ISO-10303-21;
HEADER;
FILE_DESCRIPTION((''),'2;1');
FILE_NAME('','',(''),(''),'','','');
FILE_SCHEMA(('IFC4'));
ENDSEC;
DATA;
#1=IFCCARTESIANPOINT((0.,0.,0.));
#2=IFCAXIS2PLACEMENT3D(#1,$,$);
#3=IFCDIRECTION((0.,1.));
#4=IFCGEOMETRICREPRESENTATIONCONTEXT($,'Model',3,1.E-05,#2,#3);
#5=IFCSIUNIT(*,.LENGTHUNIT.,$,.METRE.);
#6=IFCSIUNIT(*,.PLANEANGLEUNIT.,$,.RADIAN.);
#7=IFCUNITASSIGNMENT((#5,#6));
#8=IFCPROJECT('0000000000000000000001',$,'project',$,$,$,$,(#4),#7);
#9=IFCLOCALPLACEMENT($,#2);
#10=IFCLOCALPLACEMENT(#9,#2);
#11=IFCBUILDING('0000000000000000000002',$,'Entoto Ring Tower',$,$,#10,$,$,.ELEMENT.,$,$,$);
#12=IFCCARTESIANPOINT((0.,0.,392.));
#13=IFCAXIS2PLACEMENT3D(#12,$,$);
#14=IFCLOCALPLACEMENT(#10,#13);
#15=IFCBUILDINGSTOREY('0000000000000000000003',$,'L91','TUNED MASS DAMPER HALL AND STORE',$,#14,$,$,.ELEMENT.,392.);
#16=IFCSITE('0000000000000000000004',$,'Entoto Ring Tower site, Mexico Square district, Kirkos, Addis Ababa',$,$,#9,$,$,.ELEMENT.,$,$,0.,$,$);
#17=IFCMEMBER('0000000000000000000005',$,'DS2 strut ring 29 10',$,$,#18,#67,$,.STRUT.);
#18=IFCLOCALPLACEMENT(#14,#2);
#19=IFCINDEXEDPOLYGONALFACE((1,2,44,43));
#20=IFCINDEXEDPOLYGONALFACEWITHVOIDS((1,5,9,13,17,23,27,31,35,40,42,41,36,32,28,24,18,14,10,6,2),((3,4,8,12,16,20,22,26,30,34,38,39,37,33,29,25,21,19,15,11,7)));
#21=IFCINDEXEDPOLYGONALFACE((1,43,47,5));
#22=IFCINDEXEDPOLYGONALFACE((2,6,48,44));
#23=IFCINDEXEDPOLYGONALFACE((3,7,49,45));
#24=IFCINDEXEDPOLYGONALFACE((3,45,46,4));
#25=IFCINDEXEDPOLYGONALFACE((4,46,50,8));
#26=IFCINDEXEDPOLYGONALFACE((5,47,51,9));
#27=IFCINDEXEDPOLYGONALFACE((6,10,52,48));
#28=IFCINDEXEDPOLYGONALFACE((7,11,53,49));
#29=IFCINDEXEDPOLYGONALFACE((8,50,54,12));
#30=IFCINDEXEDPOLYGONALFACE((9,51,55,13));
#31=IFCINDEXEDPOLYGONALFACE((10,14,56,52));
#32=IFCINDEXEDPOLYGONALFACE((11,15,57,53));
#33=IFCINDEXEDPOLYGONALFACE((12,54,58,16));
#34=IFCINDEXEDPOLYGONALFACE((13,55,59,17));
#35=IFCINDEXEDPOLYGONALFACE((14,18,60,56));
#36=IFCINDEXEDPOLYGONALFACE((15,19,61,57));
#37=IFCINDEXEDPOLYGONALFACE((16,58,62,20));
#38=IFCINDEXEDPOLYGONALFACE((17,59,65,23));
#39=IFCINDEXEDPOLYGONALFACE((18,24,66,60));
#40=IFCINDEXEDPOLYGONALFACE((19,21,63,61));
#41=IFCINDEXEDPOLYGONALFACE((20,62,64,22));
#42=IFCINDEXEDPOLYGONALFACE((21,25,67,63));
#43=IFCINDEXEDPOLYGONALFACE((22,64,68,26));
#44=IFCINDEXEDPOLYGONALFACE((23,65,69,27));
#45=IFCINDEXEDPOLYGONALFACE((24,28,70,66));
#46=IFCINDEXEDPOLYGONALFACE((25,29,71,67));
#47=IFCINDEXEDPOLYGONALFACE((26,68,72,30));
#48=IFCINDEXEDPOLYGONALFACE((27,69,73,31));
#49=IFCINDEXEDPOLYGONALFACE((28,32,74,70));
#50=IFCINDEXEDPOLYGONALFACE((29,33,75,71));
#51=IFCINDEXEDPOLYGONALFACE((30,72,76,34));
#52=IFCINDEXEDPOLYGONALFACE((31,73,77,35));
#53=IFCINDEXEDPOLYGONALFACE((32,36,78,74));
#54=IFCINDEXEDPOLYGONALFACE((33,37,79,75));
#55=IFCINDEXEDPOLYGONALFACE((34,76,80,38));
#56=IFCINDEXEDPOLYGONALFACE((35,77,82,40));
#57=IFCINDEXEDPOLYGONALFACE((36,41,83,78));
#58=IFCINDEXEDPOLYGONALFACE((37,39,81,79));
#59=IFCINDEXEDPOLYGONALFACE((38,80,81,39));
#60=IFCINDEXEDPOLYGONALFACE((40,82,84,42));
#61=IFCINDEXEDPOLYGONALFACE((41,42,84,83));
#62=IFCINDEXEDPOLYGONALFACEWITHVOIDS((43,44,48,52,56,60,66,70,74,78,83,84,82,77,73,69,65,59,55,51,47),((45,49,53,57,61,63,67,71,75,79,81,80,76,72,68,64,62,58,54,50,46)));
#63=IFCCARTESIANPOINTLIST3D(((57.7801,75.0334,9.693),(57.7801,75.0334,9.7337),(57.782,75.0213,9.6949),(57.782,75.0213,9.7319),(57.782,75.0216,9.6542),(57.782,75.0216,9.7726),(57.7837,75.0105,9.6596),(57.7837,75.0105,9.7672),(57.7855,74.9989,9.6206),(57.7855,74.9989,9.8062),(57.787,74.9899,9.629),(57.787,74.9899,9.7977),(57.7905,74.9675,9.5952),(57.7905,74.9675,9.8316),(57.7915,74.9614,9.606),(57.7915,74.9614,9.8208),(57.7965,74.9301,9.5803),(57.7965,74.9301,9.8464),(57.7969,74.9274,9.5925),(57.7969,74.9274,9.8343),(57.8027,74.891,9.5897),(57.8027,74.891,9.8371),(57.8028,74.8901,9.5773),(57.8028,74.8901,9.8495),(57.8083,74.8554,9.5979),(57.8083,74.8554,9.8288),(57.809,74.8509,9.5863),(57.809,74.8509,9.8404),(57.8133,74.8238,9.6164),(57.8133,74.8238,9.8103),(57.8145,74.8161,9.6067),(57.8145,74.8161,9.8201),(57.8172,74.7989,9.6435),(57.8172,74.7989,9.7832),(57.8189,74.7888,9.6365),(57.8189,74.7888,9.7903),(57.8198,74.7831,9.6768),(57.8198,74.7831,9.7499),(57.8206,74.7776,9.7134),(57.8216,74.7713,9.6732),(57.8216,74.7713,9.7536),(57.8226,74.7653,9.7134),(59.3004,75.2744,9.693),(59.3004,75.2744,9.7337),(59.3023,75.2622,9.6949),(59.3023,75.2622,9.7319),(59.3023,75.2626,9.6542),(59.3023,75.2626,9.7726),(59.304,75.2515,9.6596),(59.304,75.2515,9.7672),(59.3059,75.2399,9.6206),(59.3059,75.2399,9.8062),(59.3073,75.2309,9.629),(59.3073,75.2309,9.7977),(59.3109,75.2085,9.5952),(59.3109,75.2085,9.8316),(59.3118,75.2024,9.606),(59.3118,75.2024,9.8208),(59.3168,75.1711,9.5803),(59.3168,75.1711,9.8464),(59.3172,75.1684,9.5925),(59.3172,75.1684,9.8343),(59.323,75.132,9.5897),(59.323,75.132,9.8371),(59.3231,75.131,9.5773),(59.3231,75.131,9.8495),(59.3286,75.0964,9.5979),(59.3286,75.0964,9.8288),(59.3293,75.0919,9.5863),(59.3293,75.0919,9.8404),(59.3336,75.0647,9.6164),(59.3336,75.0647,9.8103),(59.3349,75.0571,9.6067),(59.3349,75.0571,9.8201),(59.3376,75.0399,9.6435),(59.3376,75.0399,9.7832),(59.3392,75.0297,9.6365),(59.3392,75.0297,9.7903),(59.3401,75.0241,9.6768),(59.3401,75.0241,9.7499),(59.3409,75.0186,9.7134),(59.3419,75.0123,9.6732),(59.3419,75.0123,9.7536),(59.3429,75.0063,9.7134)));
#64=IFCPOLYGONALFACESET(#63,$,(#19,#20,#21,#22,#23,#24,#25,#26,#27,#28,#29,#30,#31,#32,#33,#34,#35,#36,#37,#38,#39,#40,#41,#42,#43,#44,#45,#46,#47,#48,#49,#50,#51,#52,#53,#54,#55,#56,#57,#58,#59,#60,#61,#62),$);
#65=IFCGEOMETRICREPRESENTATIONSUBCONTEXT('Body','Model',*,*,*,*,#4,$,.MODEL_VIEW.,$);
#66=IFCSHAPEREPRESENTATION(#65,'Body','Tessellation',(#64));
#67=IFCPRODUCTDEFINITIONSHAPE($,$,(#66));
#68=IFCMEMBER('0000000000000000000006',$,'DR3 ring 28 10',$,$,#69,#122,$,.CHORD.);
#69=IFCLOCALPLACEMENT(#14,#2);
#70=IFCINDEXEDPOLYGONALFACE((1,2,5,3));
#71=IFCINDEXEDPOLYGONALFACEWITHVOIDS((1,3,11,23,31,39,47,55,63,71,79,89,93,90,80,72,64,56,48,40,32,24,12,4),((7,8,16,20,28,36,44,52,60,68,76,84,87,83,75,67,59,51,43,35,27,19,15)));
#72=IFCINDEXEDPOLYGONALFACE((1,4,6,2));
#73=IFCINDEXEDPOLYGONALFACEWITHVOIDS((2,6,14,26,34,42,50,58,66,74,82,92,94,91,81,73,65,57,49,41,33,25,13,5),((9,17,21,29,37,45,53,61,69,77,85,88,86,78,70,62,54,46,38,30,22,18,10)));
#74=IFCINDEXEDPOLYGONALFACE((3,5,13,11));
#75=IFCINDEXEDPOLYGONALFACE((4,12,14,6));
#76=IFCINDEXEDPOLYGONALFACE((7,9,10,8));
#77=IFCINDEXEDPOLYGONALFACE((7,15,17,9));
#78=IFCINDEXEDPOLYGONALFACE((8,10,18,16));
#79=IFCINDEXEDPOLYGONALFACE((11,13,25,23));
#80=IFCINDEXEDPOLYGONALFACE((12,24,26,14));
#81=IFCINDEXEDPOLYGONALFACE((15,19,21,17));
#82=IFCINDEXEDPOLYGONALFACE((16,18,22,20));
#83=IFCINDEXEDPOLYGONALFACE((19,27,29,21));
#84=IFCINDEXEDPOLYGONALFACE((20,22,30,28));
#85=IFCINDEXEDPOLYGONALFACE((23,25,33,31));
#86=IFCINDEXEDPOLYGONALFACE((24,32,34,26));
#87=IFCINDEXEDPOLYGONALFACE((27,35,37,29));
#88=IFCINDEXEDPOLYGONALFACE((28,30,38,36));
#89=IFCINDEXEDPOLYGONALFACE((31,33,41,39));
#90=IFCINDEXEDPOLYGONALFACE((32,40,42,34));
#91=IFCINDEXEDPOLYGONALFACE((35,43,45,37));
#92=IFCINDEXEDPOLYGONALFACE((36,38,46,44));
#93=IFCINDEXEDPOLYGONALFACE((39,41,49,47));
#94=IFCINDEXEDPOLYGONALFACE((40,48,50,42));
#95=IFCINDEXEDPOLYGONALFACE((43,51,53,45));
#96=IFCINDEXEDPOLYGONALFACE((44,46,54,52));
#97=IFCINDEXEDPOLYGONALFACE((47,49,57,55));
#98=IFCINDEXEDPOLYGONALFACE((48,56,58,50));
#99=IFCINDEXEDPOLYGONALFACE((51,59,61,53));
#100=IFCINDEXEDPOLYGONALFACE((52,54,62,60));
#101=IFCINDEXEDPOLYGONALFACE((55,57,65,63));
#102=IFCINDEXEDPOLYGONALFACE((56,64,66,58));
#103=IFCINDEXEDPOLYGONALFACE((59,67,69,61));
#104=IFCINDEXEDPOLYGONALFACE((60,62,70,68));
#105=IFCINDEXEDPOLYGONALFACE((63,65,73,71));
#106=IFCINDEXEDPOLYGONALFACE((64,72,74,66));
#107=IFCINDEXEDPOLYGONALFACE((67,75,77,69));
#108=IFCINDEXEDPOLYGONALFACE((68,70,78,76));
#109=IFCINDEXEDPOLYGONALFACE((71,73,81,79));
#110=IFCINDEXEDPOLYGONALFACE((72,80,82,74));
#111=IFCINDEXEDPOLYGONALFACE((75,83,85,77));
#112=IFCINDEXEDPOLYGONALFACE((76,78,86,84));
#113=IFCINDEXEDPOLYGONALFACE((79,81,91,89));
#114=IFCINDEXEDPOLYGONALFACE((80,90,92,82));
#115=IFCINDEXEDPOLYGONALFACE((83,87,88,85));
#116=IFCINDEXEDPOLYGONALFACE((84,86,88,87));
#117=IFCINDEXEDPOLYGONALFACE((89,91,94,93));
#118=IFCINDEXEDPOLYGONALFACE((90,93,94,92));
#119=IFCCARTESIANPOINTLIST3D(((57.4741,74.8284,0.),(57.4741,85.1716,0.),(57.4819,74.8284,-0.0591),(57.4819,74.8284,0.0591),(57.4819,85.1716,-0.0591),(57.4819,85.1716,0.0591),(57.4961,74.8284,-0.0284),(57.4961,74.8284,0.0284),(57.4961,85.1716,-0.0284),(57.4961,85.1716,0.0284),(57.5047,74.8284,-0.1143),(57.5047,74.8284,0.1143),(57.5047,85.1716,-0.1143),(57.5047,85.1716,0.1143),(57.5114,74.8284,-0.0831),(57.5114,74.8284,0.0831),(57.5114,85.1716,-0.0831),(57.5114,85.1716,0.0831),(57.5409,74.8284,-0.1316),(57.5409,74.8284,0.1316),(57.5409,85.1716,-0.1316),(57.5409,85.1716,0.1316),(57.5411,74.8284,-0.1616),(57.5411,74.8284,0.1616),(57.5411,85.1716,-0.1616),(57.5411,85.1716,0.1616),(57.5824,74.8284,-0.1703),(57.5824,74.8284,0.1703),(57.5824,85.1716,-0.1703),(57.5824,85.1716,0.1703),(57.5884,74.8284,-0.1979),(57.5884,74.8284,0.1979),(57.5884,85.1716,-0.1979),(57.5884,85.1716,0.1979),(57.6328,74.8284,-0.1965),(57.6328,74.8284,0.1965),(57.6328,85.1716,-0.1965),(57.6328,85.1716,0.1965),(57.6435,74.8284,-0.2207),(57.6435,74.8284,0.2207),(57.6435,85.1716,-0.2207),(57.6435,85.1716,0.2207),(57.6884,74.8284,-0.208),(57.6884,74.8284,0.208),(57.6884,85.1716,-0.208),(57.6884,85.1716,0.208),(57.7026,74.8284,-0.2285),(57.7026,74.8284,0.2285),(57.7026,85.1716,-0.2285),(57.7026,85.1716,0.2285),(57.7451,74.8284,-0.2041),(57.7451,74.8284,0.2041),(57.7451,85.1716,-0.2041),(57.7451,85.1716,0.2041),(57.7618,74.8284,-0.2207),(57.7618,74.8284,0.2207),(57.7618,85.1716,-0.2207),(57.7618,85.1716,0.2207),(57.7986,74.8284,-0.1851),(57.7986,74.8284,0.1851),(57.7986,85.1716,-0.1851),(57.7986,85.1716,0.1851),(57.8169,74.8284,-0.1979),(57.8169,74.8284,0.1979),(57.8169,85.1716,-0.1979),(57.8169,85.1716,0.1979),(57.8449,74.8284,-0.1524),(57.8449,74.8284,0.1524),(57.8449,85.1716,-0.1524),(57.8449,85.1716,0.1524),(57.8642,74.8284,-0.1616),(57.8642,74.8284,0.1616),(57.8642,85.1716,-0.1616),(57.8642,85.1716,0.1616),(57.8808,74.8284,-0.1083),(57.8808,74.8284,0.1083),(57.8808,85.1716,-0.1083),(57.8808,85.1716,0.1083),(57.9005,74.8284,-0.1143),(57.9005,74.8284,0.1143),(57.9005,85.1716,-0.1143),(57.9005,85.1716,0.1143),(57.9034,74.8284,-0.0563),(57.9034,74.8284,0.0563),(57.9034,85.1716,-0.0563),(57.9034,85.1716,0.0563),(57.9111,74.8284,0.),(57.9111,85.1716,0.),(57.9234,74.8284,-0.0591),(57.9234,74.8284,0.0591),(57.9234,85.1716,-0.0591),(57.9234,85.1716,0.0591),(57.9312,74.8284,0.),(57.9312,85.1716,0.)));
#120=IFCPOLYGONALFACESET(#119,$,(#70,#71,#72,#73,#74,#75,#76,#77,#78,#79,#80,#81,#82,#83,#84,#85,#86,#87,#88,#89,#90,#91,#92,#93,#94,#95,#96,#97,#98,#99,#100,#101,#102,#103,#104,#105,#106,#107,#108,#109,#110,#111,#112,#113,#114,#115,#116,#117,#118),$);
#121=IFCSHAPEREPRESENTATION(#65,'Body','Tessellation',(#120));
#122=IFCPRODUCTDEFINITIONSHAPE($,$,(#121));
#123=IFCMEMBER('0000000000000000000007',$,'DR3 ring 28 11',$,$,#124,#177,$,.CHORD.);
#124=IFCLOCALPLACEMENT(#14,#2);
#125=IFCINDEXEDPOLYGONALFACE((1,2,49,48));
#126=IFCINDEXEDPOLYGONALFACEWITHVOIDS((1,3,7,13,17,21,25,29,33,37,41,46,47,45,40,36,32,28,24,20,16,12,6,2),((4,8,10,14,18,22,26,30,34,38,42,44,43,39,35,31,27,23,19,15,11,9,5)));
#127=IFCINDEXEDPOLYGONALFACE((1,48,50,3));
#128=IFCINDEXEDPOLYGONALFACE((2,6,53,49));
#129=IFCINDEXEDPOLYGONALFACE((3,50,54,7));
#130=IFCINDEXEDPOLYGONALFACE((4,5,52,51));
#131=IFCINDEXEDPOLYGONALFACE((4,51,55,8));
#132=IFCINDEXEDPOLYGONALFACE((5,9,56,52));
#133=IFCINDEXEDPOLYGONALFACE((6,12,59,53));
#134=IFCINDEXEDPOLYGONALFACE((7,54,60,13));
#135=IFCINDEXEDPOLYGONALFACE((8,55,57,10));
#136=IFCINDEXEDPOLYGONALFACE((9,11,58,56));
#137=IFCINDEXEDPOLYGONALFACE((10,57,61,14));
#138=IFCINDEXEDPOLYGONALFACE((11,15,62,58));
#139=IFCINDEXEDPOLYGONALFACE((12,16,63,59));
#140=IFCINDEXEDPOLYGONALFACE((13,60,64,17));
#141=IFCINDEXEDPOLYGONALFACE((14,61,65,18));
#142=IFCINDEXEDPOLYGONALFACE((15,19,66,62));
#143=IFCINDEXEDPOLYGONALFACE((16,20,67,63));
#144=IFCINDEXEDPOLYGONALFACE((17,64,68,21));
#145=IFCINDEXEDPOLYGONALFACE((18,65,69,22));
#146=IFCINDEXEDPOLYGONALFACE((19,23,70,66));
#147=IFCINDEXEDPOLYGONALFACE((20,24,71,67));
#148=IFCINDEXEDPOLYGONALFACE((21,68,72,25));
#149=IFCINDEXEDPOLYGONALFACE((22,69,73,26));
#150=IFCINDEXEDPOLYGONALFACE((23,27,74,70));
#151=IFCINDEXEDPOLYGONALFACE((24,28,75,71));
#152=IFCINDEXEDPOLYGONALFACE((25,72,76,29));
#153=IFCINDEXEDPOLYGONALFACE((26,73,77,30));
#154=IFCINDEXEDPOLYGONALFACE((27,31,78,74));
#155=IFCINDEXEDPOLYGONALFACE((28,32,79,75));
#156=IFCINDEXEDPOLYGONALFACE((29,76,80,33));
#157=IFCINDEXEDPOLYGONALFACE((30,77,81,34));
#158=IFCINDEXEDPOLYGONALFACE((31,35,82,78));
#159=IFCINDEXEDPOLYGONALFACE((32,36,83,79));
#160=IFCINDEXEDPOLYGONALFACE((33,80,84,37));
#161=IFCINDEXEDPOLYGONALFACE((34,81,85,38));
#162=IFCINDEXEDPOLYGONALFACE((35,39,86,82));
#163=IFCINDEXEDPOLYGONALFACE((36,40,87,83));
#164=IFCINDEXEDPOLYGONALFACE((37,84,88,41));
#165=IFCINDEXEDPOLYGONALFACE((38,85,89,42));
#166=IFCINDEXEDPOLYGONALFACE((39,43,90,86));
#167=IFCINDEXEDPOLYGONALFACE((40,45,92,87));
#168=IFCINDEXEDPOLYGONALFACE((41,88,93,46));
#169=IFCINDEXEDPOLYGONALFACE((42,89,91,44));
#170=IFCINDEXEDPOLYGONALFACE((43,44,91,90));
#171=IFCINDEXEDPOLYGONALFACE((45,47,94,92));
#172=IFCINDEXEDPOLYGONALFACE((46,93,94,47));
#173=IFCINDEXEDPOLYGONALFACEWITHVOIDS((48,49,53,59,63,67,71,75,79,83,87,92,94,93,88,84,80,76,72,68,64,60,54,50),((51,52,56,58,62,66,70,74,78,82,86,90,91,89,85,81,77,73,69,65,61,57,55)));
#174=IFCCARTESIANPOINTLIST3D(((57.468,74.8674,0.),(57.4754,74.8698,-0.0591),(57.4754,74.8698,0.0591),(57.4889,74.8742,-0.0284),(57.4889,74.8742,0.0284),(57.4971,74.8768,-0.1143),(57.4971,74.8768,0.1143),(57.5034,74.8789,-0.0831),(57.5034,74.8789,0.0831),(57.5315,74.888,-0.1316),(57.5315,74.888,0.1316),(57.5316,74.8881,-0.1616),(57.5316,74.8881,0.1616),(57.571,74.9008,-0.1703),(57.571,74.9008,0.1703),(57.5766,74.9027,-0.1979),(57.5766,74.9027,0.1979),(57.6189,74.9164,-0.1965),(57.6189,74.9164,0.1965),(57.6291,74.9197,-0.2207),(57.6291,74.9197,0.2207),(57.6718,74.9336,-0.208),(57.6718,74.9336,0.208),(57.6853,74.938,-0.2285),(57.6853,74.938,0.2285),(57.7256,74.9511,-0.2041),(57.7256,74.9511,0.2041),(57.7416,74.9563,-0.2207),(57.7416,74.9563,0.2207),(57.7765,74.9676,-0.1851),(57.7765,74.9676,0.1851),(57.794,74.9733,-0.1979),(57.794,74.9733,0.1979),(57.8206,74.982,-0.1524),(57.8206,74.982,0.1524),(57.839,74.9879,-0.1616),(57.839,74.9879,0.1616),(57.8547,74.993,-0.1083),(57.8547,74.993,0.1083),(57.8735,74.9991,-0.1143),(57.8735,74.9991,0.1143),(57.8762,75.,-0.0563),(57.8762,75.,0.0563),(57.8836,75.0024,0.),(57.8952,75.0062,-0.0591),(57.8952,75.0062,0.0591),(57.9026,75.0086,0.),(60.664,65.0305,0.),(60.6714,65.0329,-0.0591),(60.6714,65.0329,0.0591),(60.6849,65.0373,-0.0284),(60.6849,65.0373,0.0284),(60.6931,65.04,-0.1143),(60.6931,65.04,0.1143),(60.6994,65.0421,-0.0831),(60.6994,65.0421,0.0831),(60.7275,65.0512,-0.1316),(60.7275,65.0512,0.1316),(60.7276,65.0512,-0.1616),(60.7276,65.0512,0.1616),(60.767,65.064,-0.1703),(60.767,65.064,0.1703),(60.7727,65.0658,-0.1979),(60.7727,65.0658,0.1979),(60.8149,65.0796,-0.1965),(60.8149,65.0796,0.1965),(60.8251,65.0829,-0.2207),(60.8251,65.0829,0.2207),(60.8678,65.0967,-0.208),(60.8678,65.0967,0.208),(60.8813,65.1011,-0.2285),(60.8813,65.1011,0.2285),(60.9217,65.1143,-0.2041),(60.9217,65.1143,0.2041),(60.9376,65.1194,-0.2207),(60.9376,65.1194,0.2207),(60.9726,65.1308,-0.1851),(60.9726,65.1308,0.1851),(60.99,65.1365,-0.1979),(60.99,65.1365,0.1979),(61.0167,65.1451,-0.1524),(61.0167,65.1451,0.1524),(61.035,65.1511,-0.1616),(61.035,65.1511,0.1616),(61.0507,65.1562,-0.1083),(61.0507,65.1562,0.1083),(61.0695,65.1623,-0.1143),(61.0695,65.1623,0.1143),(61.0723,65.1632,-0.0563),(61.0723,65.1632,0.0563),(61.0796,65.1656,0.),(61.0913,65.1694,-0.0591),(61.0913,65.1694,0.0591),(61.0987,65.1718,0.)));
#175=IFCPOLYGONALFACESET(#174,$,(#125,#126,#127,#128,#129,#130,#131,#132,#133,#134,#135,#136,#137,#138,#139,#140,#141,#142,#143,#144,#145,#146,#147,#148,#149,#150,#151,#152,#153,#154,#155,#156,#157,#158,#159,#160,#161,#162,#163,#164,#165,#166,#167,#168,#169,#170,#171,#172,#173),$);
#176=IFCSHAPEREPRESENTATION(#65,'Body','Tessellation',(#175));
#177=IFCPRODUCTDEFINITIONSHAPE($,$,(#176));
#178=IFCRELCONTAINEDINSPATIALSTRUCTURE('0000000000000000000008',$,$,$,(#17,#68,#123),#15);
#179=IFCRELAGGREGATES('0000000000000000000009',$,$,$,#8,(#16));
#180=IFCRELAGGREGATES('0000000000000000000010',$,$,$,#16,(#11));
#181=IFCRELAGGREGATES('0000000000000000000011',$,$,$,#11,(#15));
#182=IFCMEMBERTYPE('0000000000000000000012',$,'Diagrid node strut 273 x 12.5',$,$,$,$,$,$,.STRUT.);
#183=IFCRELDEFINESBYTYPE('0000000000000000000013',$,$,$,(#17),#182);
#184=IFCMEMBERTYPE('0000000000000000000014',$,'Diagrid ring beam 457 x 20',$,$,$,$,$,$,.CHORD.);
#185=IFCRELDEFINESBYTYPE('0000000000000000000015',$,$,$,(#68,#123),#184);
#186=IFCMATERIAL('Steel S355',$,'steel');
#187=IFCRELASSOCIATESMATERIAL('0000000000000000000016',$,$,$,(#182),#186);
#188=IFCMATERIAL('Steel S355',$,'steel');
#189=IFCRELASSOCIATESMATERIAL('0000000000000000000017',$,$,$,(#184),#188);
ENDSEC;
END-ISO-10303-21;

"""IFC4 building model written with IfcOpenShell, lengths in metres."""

from ifc_helpers import new_model, si_unit, direction, frame, origin, origin_2d, place, context, subcontext, project, spatial, circle, hollow_circle, extrude, material, material_profile, profile_set, type_object, element, save


model = new_model("IFC4")

# Units and contexts
model_context = context("Model", 3, precision=1e-05, world=origin(), true_north=direction((0.0, 1.0)))
body_context = subcontext(model_context, "Body", "Model", "MODEL_VIEW")
ifc_project = project(units=[si_unit("LENGTHUNIT", "METRE"), si_unit("PLANEANGLEUNIT", "RADIAN")], contexts=[model_context])

# Site, building, storey
site_placement = place(None, origin())
site = spatial("IfcSite", under=ifc_project, at=site_placement, Name="Entoto Ring Tower site, Mexico Square district, Kirkos, Addis Ababa", CompositionType="ELEMENT", RefElevation=0.0)
building_placement = place(site_placement, origin())
building = spatial("IfcBuilding", under=site, at=building_placement, Name="Entoto Ring Tower", CompositionType="ELEMENT")
storey_placement = place(building_placement, frame((0.0, 0.0, 392.0)))
storey = spatial("IfcBuildingStorey", under=building, at=storey_placement, Name="L91", Description="TUNED MASS DAMPER HALL AND STORE", CompositionType="ELEMENT", Elevation=392.0)

# Members
ifc_material_1 = material(Name="Steel S355", Category="steel")
ifc_material_profile_1 = material_profile(ifc_material_1, hollow_circle(Radius=0.1365, WallThickness=0.0125, at=origin_2d()), Name="CHS 273 x 12.5")
ifc_material_2 = material(Name="Concrete C60/75", Category="concrete")
ifc_material_profile_2 = material_profile(ifc_material_2, circle(Radius=0.124, at=origin_2d()), Name="Concrete C60/75 infill")
ifc_profile_set_1 = profile_set([ifc_material_profile_1, ifc_material_profile_2], Name="Steel S355")
member_type_1 = type_object("IfcMemberType", Name="Diagrid node strut 273 x 12.5", PredefinedType="STRUT", material=ifc_profile_set_1)
for number, where, z_axis, x_axis, name in (
    (1, (59.3215, 75.1411, 9.7134), (-0.98767, -0.156549, 0.0), (0.156549, -0.98767, 0.0), "DS2 strut ring 29 10"),
):
    element("IfcMember", number, at=place(storey_placement, frame(where, z_axis=z_axis, x_axis=x_axis)), inside=storey, type_object=member_type_1, Name=name, PredefinedType="STRUT", context=body_context, shape_type="SweptSolid", body=[
        extrude(hollow_circle(Radius=0.1365, WallThickness=0.0125, at=origin_2d()), origin(), (0.0, 0.0, 1.0), 1.5393),
    ])
ifc_material_3 = material(Name="Steel S355", Category="steel")
ifc_material_profile_3 = material_profile(ifc_material_3, hollow_circle(Radius=0.2285, WallThickness=0.02, at=origin_2d()), Name="CHS 457 x 20")
ifc_material_4 = material(Name="Concrete C60/75", Category="concrete")
ifc_material_profile_4 = material_profile(ifc_material_4, circle(Radius=0.2085, at=origin_2d()), Name="Concrete C60/75 infill")
ifc_profile_set_2 = profile_set([ifc_material_profile_3, ifc_material_profile_4], Name="Steel S355")
member_type_2 = type_object("IfcMemberType", Name="Diagrid ring beam 457 x 20", PredefinedType="CHORD", material=ifc_profile_set_2)
member_1_placement = place(storey_placement, frame((57.7026, 85.1716, 0.0), z_axis=(0.0, -1.0, 0.0), x_axis=(1.0, 0.0, 0.0)))
element("IfcMember", 2, at=member_1_placement, inside=storey, type_object=member_type_2, Name="DR3 ring 28 10", PredefinedType="CHORD", context=body_context, shape_type="SweptSolid", body=[
    extrude(hollow_circle(Radius=0.2285, WallThickness=0.02, at=origin_2d()), origin(), (0.0, 0.0, 1.0), 10.3433),
])
member_2_placement = place(storey_placement, frame((57.6853, 74.938, 0.0), z_axis=(0.309003, -0.951061, 0.0), x_axis=(0.951061, 0.309003, 0.0)))
element("IfcMember", 3, at=member_2_placement, inside=storey, type_object=member_type_2, Name="DR3 ring 28 11", PredefinedType="CHORD", context=body_context, shape_type="SweptSolid", body=[
    extrude(hollow_circle(Radius=0.2285, WallThickness=0.02, at=origin_2d()), origin(), (0.0, 0.0, 1.0), 10.343),
])

save(model, "model.ifc")
